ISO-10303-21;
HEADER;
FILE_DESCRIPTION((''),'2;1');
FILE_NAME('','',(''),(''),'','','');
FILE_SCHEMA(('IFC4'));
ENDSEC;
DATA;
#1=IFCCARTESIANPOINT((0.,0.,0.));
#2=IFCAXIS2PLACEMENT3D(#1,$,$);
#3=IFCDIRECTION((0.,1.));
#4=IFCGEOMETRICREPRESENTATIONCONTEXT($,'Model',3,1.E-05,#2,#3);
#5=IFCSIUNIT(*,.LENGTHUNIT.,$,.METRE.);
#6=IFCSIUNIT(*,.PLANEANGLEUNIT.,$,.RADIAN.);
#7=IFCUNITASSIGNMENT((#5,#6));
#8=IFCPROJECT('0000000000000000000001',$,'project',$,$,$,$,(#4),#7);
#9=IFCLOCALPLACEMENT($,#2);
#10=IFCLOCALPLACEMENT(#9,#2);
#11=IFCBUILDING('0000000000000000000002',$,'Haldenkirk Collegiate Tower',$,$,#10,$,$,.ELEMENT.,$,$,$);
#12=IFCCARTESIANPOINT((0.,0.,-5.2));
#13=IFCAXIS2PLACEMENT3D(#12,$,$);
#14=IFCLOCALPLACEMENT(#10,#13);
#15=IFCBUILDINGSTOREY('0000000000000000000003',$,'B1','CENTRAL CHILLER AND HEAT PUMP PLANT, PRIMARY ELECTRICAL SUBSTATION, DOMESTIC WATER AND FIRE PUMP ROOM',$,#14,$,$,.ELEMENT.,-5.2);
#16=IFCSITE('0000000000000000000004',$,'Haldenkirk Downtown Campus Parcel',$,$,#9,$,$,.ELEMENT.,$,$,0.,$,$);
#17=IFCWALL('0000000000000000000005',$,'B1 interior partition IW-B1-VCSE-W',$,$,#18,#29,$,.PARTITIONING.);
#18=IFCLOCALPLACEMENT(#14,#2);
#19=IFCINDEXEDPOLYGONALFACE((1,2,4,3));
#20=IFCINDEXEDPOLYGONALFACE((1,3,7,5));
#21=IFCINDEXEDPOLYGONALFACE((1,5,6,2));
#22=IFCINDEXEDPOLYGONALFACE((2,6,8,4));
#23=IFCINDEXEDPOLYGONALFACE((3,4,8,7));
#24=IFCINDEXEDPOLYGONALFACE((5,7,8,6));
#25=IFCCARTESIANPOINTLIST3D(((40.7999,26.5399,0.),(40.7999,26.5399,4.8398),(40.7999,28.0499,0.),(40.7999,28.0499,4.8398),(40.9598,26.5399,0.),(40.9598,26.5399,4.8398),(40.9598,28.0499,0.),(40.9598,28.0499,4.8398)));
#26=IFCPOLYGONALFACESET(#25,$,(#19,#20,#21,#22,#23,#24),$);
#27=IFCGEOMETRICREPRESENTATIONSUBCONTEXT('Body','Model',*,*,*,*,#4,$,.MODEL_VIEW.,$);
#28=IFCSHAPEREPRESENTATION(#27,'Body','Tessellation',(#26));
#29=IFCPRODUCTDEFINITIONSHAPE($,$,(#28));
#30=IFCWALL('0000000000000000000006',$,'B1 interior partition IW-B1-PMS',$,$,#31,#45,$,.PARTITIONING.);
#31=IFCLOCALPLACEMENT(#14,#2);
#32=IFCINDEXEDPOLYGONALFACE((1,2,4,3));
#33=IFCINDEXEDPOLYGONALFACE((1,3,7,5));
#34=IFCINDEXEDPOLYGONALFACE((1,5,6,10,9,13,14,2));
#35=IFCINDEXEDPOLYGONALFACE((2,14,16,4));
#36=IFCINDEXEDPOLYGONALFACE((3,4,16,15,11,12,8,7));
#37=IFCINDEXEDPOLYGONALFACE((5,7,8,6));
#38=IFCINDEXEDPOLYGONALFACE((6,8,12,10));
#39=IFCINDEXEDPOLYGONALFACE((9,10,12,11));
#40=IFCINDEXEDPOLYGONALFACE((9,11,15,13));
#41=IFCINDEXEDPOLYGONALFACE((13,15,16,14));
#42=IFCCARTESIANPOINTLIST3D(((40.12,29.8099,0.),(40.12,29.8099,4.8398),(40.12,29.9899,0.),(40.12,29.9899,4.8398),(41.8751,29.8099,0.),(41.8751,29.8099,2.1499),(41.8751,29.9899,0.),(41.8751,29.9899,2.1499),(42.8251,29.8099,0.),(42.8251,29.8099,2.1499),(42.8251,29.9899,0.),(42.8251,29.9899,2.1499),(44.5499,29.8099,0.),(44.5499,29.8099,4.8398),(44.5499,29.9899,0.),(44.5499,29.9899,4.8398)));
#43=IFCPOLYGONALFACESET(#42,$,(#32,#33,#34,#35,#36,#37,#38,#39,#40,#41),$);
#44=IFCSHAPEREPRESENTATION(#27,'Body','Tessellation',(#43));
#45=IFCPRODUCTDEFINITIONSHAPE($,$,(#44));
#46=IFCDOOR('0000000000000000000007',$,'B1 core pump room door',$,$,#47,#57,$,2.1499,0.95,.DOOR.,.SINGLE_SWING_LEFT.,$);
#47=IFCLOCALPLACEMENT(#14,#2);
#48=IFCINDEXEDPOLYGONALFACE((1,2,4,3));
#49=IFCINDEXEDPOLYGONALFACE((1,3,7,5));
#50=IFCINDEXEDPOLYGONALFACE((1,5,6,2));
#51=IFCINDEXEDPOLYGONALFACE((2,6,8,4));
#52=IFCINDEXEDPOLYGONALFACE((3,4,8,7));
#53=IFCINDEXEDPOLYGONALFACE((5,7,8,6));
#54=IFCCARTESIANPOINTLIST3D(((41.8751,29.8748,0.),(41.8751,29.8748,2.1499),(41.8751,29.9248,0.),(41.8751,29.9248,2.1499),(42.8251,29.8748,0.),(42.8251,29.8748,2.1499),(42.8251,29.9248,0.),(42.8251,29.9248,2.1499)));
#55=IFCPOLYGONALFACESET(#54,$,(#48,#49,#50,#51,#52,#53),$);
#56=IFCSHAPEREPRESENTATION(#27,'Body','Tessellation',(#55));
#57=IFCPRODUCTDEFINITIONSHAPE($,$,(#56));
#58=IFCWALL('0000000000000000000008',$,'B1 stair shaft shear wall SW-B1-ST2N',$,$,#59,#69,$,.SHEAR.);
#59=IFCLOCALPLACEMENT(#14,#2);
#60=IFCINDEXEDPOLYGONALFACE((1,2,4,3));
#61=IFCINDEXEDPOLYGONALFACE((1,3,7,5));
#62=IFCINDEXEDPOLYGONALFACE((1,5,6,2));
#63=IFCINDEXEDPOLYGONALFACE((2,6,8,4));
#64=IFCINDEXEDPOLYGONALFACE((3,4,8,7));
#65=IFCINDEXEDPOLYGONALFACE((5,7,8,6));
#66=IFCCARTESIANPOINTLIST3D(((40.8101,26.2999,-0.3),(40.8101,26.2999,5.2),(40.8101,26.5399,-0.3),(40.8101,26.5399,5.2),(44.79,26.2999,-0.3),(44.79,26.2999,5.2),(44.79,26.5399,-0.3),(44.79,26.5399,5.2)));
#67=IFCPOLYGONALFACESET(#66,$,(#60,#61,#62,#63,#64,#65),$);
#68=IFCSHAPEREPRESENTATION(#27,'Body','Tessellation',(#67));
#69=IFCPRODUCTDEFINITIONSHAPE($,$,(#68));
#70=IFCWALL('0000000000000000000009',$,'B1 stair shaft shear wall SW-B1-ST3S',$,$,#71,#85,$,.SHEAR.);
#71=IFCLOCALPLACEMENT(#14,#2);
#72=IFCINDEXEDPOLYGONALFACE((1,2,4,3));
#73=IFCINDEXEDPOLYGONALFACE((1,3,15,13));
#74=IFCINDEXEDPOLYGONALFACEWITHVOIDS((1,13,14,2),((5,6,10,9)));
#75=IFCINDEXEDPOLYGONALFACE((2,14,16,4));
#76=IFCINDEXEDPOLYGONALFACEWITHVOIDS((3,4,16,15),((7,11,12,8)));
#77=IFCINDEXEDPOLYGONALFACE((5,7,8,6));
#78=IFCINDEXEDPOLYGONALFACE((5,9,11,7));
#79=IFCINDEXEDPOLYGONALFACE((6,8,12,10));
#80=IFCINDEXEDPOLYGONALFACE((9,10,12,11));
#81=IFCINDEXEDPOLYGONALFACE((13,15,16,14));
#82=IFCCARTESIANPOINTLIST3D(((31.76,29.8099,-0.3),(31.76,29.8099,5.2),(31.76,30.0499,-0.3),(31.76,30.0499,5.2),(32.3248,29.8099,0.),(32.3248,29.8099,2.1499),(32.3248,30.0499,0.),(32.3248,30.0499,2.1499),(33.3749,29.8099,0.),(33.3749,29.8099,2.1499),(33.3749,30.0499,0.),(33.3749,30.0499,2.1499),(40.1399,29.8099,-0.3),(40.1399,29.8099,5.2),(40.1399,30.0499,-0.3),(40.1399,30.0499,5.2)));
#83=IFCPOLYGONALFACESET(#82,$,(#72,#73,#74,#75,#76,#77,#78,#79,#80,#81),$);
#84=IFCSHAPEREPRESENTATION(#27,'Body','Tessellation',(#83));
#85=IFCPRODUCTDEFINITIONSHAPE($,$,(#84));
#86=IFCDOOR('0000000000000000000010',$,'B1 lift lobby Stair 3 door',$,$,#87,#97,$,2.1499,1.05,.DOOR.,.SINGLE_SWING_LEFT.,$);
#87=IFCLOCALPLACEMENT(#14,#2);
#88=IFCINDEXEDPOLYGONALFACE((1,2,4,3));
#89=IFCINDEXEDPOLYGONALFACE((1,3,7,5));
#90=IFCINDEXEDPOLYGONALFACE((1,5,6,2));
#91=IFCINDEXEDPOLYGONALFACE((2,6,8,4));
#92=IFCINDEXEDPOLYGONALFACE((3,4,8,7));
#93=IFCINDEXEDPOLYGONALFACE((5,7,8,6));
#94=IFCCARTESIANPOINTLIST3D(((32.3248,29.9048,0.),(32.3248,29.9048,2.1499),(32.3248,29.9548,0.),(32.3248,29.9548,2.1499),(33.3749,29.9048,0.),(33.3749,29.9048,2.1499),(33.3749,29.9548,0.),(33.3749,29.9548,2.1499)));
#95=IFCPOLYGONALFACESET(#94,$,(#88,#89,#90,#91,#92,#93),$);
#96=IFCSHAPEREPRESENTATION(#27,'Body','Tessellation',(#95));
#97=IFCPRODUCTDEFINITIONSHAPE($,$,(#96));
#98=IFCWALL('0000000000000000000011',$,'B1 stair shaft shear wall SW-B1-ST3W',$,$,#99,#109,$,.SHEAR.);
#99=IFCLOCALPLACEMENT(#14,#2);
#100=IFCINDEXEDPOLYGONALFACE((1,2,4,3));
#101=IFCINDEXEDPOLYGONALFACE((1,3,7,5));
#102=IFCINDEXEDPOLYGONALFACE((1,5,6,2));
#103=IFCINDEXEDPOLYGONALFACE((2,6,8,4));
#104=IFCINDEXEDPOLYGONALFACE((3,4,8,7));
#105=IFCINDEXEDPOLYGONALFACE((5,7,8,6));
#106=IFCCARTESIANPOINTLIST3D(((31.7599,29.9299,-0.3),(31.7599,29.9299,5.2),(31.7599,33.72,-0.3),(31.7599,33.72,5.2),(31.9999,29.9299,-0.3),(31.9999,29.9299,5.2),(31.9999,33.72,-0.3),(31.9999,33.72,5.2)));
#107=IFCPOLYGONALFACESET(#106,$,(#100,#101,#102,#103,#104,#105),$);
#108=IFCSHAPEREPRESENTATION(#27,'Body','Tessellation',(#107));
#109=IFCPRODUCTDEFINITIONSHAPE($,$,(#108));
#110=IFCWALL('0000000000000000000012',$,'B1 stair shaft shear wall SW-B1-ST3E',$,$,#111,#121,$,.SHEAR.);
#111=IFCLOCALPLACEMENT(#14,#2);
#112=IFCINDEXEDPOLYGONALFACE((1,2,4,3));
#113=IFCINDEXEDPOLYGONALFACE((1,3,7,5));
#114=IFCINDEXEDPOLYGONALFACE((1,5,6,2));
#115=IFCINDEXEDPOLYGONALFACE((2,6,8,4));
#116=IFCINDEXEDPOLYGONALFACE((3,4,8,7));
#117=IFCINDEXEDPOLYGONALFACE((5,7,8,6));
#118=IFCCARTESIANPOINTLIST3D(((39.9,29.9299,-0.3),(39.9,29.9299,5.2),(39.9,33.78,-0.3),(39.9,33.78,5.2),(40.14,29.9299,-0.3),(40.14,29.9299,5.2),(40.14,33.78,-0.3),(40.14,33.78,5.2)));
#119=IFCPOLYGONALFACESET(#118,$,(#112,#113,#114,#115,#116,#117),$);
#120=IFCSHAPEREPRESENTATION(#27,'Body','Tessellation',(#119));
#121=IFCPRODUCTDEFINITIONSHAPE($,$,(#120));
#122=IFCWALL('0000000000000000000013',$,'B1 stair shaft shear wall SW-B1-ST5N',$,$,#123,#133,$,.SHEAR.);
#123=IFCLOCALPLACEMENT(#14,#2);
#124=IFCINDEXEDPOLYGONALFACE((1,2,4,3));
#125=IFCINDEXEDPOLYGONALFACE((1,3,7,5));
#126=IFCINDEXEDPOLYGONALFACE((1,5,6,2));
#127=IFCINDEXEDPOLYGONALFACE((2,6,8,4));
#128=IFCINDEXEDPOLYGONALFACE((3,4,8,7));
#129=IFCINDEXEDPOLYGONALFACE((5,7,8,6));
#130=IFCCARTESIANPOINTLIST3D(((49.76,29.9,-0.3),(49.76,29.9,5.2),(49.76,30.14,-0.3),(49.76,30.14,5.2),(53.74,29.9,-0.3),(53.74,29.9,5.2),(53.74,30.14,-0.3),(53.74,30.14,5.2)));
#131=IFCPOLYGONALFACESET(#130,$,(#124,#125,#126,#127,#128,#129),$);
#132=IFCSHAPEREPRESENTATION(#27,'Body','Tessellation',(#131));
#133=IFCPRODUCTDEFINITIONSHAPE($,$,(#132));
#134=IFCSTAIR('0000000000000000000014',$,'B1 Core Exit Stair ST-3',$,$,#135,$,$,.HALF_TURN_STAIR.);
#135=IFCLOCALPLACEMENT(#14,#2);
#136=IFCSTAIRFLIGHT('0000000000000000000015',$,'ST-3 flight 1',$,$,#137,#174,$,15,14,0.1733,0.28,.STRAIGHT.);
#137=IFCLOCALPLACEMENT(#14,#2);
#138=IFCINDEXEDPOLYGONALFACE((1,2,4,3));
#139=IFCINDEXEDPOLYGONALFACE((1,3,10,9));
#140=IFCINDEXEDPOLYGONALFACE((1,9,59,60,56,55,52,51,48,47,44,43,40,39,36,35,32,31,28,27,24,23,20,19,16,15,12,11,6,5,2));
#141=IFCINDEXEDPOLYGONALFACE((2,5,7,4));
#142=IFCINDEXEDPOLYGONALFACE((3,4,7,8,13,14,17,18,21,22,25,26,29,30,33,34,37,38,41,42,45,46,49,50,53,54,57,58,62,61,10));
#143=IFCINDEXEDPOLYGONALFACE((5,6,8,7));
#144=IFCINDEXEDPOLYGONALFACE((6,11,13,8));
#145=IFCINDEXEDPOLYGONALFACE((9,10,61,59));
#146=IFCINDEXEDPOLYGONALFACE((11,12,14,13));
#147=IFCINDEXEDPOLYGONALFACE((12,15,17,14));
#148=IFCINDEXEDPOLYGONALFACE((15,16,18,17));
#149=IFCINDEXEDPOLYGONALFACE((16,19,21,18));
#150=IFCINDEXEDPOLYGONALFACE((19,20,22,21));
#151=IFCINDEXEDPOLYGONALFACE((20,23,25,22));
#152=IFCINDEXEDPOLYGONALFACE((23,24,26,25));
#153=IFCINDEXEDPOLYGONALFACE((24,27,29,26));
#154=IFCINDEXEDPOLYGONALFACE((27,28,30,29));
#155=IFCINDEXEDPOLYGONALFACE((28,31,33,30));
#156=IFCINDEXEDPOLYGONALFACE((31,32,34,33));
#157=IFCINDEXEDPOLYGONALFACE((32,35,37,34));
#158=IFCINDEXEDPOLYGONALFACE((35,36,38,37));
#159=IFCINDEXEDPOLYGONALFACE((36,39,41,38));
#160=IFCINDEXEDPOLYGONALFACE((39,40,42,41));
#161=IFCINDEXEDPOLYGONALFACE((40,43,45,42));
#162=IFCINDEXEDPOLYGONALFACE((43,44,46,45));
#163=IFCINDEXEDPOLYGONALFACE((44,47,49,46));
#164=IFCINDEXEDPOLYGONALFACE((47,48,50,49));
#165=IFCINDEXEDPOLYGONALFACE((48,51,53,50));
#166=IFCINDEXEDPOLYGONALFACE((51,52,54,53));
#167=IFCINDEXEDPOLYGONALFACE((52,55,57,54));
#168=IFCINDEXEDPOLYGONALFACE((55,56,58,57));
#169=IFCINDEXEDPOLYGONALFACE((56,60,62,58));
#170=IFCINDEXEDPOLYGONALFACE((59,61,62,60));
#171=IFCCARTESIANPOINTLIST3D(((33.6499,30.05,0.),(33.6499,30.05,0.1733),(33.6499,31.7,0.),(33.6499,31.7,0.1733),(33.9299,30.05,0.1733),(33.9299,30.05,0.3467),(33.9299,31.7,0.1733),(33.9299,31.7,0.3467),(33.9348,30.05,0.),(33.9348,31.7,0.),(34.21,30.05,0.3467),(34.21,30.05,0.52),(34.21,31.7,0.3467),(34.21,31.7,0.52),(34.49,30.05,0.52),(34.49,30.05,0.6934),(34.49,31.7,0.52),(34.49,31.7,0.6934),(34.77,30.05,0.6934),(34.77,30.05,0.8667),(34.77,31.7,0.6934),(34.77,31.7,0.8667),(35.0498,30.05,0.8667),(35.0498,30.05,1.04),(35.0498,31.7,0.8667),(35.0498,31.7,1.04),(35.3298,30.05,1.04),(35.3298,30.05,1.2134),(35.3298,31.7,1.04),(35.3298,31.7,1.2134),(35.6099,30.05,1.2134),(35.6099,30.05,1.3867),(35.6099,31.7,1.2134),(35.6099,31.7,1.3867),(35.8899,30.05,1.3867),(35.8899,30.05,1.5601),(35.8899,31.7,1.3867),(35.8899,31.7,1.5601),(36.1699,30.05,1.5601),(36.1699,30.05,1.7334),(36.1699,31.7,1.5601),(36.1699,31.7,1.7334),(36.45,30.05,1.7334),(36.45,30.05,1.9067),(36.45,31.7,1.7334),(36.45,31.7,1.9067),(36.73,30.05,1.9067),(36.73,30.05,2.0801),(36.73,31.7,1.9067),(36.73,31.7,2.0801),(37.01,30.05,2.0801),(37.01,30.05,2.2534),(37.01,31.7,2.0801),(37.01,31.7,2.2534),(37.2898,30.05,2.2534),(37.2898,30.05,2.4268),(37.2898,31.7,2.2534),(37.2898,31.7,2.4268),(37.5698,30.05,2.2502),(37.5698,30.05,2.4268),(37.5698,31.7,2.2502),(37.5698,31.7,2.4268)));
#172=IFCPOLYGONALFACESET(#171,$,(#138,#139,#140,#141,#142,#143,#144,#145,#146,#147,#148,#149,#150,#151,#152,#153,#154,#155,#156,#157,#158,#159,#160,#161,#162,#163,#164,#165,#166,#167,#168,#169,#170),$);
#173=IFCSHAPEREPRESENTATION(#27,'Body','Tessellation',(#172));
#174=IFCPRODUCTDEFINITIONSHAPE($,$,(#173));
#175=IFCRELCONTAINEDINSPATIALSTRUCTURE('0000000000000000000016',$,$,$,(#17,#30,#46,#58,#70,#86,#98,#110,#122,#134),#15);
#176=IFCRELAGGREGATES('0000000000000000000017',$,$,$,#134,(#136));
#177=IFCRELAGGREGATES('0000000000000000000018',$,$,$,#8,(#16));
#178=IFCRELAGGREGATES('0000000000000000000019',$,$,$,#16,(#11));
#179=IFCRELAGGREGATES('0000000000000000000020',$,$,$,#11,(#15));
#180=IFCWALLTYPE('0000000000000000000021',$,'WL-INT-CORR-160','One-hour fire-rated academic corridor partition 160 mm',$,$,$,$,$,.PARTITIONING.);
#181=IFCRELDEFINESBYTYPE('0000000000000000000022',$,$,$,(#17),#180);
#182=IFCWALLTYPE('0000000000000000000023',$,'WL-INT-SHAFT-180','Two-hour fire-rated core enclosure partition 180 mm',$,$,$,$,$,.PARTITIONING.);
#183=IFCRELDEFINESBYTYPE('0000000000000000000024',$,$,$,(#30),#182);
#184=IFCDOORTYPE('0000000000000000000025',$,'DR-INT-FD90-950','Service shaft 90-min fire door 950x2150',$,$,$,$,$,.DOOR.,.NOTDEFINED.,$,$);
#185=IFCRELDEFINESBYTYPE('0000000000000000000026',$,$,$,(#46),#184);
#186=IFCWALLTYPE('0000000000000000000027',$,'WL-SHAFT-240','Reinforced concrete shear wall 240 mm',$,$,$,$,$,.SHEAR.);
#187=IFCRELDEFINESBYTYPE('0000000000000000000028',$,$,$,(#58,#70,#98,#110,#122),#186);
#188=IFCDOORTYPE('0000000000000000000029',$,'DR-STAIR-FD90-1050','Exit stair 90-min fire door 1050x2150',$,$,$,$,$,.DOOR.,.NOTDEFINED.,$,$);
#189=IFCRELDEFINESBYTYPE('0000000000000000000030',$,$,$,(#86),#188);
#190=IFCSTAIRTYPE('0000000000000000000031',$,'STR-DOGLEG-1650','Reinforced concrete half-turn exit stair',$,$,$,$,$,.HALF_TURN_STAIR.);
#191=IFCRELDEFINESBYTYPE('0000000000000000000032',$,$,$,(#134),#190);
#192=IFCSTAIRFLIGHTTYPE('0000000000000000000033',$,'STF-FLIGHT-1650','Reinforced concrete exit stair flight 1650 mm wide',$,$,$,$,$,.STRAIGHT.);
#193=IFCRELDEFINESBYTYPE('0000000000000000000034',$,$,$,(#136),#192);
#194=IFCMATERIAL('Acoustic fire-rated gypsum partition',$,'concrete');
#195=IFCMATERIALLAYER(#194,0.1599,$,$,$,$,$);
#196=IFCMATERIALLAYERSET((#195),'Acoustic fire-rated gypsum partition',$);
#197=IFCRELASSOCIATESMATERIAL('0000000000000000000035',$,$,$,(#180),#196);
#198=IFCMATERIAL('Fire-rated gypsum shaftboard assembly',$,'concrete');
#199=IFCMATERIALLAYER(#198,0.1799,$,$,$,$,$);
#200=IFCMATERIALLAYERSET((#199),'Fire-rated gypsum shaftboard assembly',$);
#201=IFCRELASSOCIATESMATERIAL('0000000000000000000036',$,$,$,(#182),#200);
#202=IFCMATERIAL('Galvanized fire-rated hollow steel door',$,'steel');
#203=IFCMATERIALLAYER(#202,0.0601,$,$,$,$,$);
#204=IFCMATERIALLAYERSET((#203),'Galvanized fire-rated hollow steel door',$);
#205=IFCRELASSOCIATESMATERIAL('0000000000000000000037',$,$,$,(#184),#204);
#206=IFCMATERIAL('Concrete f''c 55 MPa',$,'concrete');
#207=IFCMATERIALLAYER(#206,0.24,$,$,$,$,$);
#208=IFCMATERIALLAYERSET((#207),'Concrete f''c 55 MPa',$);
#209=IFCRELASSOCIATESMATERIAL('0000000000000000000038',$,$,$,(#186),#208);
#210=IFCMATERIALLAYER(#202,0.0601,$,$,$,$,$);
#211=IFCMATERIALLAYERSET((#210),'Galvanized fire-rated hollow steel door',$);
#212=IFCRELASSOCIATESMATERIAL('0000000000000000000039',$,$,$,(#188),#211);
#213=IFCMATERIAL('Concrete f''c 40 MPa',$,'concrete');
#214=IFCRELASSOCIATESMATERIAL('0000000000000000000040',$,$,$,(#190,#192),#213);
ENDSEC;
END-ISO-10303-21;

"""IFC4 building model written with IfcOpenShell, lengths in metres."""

from ifc_helpers import new_model, si_unit, direction, frame, frame_2d, origin, place, context, subcontext, project, spatial, polyline, rectangle, outline, extrude, material, layer, layer_set, type_object, element, fill, aggregate, save


model = new_model("IFC4")

# Units and contexts
model_context = context("Model", 3, precision=1e-05, world=origin(), true_north=direction((0.0, 1.0)))
body_context = subcontext(model_context, "Body", "Model", "MODEL_VIEW")
ifc_project = project(units=[si_unit("LENGTHUNIT", "METRE"), si_unit("PLANEANGLEUNIT", "RADIAN")], contexts=[model_context])

# Site, building, storey
site_placement = place(None, origin())
site = spatial("IfcSite", under=ifc_project, at=site_placement, Name="Haldenkirk Downtown Campus Parcel", CompositionType="ELEMENT", RefElevation=0.0)
building_placement = place(site_placement, origin())
building = spatial("IfcBuilding", under=site, at=building_placement, Name="Haldenkirk Collegiate Tower", CompositionType="ELEMENT")
storey_placement = place(building_placement, frame((0.0, 0.0, -5.2)))
storey = spatial("IfcBuildingStorey", under=building, at=storey_placement, Name="B1", Description="CENTRAL CHILLER AND HEAT PUMP PLANT, PRIMARY ELECTRICAL SUBSTATION, DOMESTIC WATER AND FIRE PUMP ROOM", CompositionType="ELEMENT", Elevation=-5.2)

# Shared definitions
ifc_material_1 = material(Name="Concrete f'c 55 MPa", Category="concrete")

# Shared definitions
ifc_material_2 = material(Name="Acoustic fire-rated gypsum partition", Category="concrete")
ifc_layer_1 = layer(ifc_material_2, 0.1599)
ifc_layer_set_1 = layer_set([ifc_layer_1], Name="Acoustic fire-rated gypsum partition")
wall_type_1 = type_object("IfcWallType", Name="WL-INT-CORR-160", Description="One-hour fire-rated academic corridor partition 160 mm", PredefinedType="PARTITIONING", material=ifc_layer_set_1)

# Wall
wall_1_placement = place(storey_placement, frame((40.8799, 26.54, 0.0), z_axis=(0.0, 0.0, 1.0), x_axis=(0.0, 1.0, 0.0)))
element("IfcWall", 1, at=wall_1_placement, inside=storey, type_object=wall_type_1, Name="B1 interior partition IW-B1-VCSE-W", PredefinedType="PARTITIONING", context=body_context, shape_type="SweptSolid", body=[
    extrude(rectangle(XDim=1.51, YDim=0.1599, at=frame_2d((0.7549, 0.0))), origin(), (0.0, 0.0, 1.0), 4.8398),
])

# Wall, opening, door
ifc_material_3 = material(Name="Fire-rated gypsum shaftboard assembly", Category="concrete")
ifc_layer_2 = layer(ifc_material_3, 0.1799)
ifc_layer_set_2 = layer_set([ifc_layer_2], Name="Fire-rated gypsum shaftboard assembly")
wall_type_2 = type_object("IfcWallType", Name="WL-INT-SHAFT-180", Description="Two-hour fire-rated core enclosure partition 180 mm", PredefinedType="PARTITIONING", material=ifc_layer_set_2)
wall_2_placement = place(storey_placement, frame((40.1201, 29.8999, 0.0), z_axis=(0.0, 0.0, 1.0), x_axis=(1.0, 0.0, 0.0)))
wall_2 = element("IfcWall", 2, at=wall_2_placement, inside=storey, type_object=wall_type_2, Name="B1 interior partition IW-B1-PMS", PredefinedType="PARTITIONING", context=body_context, shape_type="SweptSolid", body=[
    extrude(rectangle(XDim=4.4299, YDim=0.1799, at=frame_2d((2.2148, 0.0))), origin(), (0.0, 0.0, 1.0), 4.8398),
])
opening_1_placement = place(wall_2_placement, frame((1.7549, 0.0, 0.0)))
opening_1 = element("IfcOpeningElement", 3, at=opening_1_placement, cuts=wall_2, PredefinedType="OPENING", context=body_context, shape_type="SweptSolid", body=[
    extrude(rectangle(XDim=0.95, YDim=2.1499, at=frame_2d((0.4751, 1.075))), frame((0.0, 0.0999, 0.0), z_axis=(0.0, -1.0, 0.0), x_axis=(1.0, 0.0, 0.0)), (0.0, 0.0, 1.0), 0.2),
])
ifc_material_4 = material(Name="Galvanized fire-rated hollow steel door", Category="steel")
ifc_layer_3 = layer(ifc_material_4, 0.0601)
ifc_layer_set_3 = layer_set([ifc_layer_3], Name="Galvanized fire-rated hollow steel door")
door_type_1 = type_object("IfcDoorType", Name="DR-INT-FD90-950", Description="Service shaft 90-min fire door 950x2150", OperationType="NOTDEFINED", PredefinedType="DOOR", material=ifc_layer_set_3)
door_1_placement = place(opening_1_placement, origin())
door_1 = element("IfcDoor", 4, at=door_1_placement, inside=storey, type_object=door_type_1, Name="B1 core pump room door", OperationType="SINGLE_SWING_LEFT", OverallHeight=2.1499, OverallWidth=0.95, PredefinedType="DOOR", context=body_context, shape_type="SweptSolid", body=[
    extrude(rectangle(XDim=0.95, YDim=2.1499, at=frame_2d((0.4751, 1.075))), frame((0.0, 0.0249, 0.0), z_axis=(0.0, -1.0, 0.0), x_axis=(1.0, 0.0, 0.0)), (0.0, 0.0, 1.0), 0.05),
])
fill(opening_1, door_1)

# Wall
ifc_layer_4 = layer(ifc_material_1, 0.24)
ifc_layer_set_4 = layer_set([ifc_layer_4], Name="Concrete f'c 55 MPa")
wall_type_3 = type_object("IfcWallType", Name="WL-SHAFT-240", Description="Reinforced concrete shear wall 240 mm", PredefinedType="SHEAR", material=ifc_layer_set_4)
wall_3_placement = place(storey_placement, frame((40.8101, 26.4199, -0.3), z_axis=(0.0, 0.0, 1.0), x_axis=(1.0, 0.0, 0.0)))
element("IfcWall", 5, at=wall_3_placement, inside=storey, type_object=wall_type_3, Name="B1 stair shaft shear wall SW-B1-ST2N", PredefinedType="SHEAR", context=body_context, shape_type="SweptSolid", body=[
    extrude(rectangle(XDim=3.98, YDim=0.24, at=frame_2d((1.99, 0.0))), origin(), (0.0, 0.0, 1.0), 5.5),
])

# Wall, opening, door
wall_4_placement = place(storey_placement, frame((31.76, 29.9299, -0.3), z_axis=(0.0, 0.0, 1.0), x_axis=(1.0, 0.0, 0.0)))
wall_4 = element("IfcWall", 6, at=wall_4_placement, inside=storey, type_object=wall_type_3, Name="B1 stair shaft shear wall SW-B1-ST3S", PredefinedType="SHEAR", context=body_context, shape_type="SweptSolid", body=[
    extrude(rectangle(XDim=8.3799, YDim=0.24, at=frame_2d((4.1899, 0.0))), origin(), (0.0, 0.0, 1.0), 5.5),
])
opening_2_placement = place(wall_4_placement, frame((0.5649, 0.0, 0.3)))
opening_2 = element("IfcOpeningElement", 7, at=opening_2_placement, cuts=wall_4, PredefinedType="OPENING", context=body_context, shape_type="SweptSolid", body=[
    extrude(rectangle(XDim=1.05, YDim=2.1499, at=frame_2d((0.5249, 1.075))), frame((0.0, 0.1299, 0.0), z_axis=(0.0, -1.0, 0.0), x_axis=(1.0, 0.0, 0.0)), (0.0, 0.0, 1.0), 0.26),
])
ifc_layer_5 = layer(ifc_material_4, 0.0601)
ifc_layer_set_5 = layer_set([ifc_layer_5], Name="Galvanized fire-rated hollow steel door")
door_type_2 = type_object("IfcDoorType", Name="DR-STAIR-FD90-1050", Description="Exit stair 90-min fire door 1050x2150", OperationType="NOTDEFINED", PredefinedType="DOOR", material=ifc_layer_set_5)
door_2_placement = place(opening_2_placement, origin())
door_2 = element("IfcDoor", 8, at=door_2_placement, inside=storey, type_object=door_type_2, Name="B1 lift lobby Stair 3 door", OperationType="SINGLE_SWING_LEFT", OverallHeight=2.1499, OverallWidth=1.05, PredefinedType="DOOR", context=body_context, shape_type="SweptSolid", body=[
    extrude(rectangle(XDim=1.05, YDim=2.1499, at=frame_2d((0.5249, 1.075))), frame((0.0, 0.0249, 0.0), z_axis=(0.0, -1.0, 0.0), x_axis=(1.0, 0.0, 0.0)), (0.0, 0.0, 1.0), 0.05),
])
fill(opening_2, door_2)

# Walls
wall_5_placement = place(storey_placement, frame((31.8799, 29.9299, -0.3), z_axis=(0.0, 0.0, 1.0), x_axis=(0.0, 1.0, 0.0)))
element("IfcWall", 9, at=wall_5_placement, inside=storey, type_object=wall_type_3, Name="B1 stair shaft shear wall SW-B1-ST3W", PredefinedType="SHEAR", context=body_context, shape_type="SweptSolid", body=[
    extrude(rectangle(XDim=3.79, YDim=0.24, at=frame_2d((1.895, 0.0))), origin(), (0.0, 0.0, 1.0), 5.5),
])
wall_6_placement = place(storey_placement, frame((40.02, 29.9299, -0.3), z_axis=(0.0, 0.0, 1.0), x_axis=(0.0, 1.0, 0.0)))
element("IfcWall", 10, at=wall_6_placement, inside=storey, type_object=wall_type_3, Name="B1 stair shaft shear wall SW-B1-ST3E", PredefinedType="SHEAR", context=body_context, shape_type="SweptSolid", body=[
    extrude(rectangle(XDim=3.8501, YDim=0.24, at=frame_2d((1.925, 0.0))), origin(), (0.0, 0.0, 1.0), 5.5),
])
wall_7_placement = place(storey_placement, frame((49.76, 30.02, -0.3), z_axis=(0.0, 0.0, 1.0), x_axis=(1.0, 0.0, 0.0)))
element("IfcWall", 11, at=wall_7_placement, inside=storey, type_object=wall_type_3, Name="B1 stair shaft shear wall SW-B1-ST5N", PredefinedType="SHEAR", context=body_context, shape_type="SweptSolid", body=[
    extrude(rectangle(XDim=3.98, YDim=0.24, at=frame_2d((1.99, 0.0))), origin(), (0.0, 0.0, 1.0), 5.5),
])

# Stair, stair flight
ifc_material_5 = material(Name="Concrete f'c 40 MPa", Category="concrete")
stair_type = type_object("IfcStairType", Name="STR-DOGLEG-1650", Description="Reinforced concrete half-turn exit stair", PredefinedType="HALF_TURN_STAIR", material=ifc_material_5)
stair_placement = place(storey_placement, origin())
stair = element("IfcStair", 12, at=stair_placement, inside=storey, type_object=stair_type, Name="B1 Core Exit Stair ST-3", PredefinedType="HALF_TURN_STAIR")
stair_flight_type = type_object("IfcStairFlightType", Name="STF-FLIGHT-1650", Description="Reinforced concrete exit stair flight 1650 mm wide", PredefinedType="STRAIGHT", material=ifc_material_5)
stair_flight_placement = place(storey_placement, frame((33.6499, 30.875, 0.0), z_axis=(0.0, 0.0, 1.0), x_axis=(1.0, 0.0, 0.0)))
stair_flight = element("IfcStairFlight", 13, at=stair_flight_placement, type_object=stair_flight_type, Name="ST-3 flight 1", NumberOfRisers=15, NumberOfTreads=14, PredefinedType="STRAIGHT", RiserHeight=0.1733, TreadLength=0.28, context=body_context, shape_type="SweptSolid", body=[
    extrude(outline(polyline([(0.0, 0.0), (0.0, 0.1733), (0.28, 0.1733), (0.28, 0.3467), (0.5601, 0.3467), (0.5601, 0.52), (0.8401, 0.52), (0.8401, 0.6934), (1.1201, 0.6934), (1.1201, 0.8667), (1.3999, 0.8667), (1.3999, 1.04), (1.6799, 1.04), (1.6799, 1.2134), (1.96, 1.2134), (1.96, 1.3867), (2.24, 1.3867), (2.24, 1.5601), (2.52, 1.5601), (2.52, 1.7334), (2.8, 1.7334), (2.8, 1.9067), (3.0801, 1.9067), (3.0801, 2.0801), (3.3601, 2.0801), (3.3601, 2.2534), (3.6399, 2.2534), (3.6399, 2.4268), (3.9199, 2.4268), (3.9199, 2.6001), (3.9199, 2.2502), (0.2849, 0.0), (0.0, 0.0)])), frame((0.0, 0.825, 0.0), z_axis=(0.0, -1.0, 0.0), x_axis=(1.0, 0.0, 0.0)), (0.0, 0.0, 1.0), 1.6499),
])
aggregate(stair, [stair_flight])

save(model, "model.ifc")
